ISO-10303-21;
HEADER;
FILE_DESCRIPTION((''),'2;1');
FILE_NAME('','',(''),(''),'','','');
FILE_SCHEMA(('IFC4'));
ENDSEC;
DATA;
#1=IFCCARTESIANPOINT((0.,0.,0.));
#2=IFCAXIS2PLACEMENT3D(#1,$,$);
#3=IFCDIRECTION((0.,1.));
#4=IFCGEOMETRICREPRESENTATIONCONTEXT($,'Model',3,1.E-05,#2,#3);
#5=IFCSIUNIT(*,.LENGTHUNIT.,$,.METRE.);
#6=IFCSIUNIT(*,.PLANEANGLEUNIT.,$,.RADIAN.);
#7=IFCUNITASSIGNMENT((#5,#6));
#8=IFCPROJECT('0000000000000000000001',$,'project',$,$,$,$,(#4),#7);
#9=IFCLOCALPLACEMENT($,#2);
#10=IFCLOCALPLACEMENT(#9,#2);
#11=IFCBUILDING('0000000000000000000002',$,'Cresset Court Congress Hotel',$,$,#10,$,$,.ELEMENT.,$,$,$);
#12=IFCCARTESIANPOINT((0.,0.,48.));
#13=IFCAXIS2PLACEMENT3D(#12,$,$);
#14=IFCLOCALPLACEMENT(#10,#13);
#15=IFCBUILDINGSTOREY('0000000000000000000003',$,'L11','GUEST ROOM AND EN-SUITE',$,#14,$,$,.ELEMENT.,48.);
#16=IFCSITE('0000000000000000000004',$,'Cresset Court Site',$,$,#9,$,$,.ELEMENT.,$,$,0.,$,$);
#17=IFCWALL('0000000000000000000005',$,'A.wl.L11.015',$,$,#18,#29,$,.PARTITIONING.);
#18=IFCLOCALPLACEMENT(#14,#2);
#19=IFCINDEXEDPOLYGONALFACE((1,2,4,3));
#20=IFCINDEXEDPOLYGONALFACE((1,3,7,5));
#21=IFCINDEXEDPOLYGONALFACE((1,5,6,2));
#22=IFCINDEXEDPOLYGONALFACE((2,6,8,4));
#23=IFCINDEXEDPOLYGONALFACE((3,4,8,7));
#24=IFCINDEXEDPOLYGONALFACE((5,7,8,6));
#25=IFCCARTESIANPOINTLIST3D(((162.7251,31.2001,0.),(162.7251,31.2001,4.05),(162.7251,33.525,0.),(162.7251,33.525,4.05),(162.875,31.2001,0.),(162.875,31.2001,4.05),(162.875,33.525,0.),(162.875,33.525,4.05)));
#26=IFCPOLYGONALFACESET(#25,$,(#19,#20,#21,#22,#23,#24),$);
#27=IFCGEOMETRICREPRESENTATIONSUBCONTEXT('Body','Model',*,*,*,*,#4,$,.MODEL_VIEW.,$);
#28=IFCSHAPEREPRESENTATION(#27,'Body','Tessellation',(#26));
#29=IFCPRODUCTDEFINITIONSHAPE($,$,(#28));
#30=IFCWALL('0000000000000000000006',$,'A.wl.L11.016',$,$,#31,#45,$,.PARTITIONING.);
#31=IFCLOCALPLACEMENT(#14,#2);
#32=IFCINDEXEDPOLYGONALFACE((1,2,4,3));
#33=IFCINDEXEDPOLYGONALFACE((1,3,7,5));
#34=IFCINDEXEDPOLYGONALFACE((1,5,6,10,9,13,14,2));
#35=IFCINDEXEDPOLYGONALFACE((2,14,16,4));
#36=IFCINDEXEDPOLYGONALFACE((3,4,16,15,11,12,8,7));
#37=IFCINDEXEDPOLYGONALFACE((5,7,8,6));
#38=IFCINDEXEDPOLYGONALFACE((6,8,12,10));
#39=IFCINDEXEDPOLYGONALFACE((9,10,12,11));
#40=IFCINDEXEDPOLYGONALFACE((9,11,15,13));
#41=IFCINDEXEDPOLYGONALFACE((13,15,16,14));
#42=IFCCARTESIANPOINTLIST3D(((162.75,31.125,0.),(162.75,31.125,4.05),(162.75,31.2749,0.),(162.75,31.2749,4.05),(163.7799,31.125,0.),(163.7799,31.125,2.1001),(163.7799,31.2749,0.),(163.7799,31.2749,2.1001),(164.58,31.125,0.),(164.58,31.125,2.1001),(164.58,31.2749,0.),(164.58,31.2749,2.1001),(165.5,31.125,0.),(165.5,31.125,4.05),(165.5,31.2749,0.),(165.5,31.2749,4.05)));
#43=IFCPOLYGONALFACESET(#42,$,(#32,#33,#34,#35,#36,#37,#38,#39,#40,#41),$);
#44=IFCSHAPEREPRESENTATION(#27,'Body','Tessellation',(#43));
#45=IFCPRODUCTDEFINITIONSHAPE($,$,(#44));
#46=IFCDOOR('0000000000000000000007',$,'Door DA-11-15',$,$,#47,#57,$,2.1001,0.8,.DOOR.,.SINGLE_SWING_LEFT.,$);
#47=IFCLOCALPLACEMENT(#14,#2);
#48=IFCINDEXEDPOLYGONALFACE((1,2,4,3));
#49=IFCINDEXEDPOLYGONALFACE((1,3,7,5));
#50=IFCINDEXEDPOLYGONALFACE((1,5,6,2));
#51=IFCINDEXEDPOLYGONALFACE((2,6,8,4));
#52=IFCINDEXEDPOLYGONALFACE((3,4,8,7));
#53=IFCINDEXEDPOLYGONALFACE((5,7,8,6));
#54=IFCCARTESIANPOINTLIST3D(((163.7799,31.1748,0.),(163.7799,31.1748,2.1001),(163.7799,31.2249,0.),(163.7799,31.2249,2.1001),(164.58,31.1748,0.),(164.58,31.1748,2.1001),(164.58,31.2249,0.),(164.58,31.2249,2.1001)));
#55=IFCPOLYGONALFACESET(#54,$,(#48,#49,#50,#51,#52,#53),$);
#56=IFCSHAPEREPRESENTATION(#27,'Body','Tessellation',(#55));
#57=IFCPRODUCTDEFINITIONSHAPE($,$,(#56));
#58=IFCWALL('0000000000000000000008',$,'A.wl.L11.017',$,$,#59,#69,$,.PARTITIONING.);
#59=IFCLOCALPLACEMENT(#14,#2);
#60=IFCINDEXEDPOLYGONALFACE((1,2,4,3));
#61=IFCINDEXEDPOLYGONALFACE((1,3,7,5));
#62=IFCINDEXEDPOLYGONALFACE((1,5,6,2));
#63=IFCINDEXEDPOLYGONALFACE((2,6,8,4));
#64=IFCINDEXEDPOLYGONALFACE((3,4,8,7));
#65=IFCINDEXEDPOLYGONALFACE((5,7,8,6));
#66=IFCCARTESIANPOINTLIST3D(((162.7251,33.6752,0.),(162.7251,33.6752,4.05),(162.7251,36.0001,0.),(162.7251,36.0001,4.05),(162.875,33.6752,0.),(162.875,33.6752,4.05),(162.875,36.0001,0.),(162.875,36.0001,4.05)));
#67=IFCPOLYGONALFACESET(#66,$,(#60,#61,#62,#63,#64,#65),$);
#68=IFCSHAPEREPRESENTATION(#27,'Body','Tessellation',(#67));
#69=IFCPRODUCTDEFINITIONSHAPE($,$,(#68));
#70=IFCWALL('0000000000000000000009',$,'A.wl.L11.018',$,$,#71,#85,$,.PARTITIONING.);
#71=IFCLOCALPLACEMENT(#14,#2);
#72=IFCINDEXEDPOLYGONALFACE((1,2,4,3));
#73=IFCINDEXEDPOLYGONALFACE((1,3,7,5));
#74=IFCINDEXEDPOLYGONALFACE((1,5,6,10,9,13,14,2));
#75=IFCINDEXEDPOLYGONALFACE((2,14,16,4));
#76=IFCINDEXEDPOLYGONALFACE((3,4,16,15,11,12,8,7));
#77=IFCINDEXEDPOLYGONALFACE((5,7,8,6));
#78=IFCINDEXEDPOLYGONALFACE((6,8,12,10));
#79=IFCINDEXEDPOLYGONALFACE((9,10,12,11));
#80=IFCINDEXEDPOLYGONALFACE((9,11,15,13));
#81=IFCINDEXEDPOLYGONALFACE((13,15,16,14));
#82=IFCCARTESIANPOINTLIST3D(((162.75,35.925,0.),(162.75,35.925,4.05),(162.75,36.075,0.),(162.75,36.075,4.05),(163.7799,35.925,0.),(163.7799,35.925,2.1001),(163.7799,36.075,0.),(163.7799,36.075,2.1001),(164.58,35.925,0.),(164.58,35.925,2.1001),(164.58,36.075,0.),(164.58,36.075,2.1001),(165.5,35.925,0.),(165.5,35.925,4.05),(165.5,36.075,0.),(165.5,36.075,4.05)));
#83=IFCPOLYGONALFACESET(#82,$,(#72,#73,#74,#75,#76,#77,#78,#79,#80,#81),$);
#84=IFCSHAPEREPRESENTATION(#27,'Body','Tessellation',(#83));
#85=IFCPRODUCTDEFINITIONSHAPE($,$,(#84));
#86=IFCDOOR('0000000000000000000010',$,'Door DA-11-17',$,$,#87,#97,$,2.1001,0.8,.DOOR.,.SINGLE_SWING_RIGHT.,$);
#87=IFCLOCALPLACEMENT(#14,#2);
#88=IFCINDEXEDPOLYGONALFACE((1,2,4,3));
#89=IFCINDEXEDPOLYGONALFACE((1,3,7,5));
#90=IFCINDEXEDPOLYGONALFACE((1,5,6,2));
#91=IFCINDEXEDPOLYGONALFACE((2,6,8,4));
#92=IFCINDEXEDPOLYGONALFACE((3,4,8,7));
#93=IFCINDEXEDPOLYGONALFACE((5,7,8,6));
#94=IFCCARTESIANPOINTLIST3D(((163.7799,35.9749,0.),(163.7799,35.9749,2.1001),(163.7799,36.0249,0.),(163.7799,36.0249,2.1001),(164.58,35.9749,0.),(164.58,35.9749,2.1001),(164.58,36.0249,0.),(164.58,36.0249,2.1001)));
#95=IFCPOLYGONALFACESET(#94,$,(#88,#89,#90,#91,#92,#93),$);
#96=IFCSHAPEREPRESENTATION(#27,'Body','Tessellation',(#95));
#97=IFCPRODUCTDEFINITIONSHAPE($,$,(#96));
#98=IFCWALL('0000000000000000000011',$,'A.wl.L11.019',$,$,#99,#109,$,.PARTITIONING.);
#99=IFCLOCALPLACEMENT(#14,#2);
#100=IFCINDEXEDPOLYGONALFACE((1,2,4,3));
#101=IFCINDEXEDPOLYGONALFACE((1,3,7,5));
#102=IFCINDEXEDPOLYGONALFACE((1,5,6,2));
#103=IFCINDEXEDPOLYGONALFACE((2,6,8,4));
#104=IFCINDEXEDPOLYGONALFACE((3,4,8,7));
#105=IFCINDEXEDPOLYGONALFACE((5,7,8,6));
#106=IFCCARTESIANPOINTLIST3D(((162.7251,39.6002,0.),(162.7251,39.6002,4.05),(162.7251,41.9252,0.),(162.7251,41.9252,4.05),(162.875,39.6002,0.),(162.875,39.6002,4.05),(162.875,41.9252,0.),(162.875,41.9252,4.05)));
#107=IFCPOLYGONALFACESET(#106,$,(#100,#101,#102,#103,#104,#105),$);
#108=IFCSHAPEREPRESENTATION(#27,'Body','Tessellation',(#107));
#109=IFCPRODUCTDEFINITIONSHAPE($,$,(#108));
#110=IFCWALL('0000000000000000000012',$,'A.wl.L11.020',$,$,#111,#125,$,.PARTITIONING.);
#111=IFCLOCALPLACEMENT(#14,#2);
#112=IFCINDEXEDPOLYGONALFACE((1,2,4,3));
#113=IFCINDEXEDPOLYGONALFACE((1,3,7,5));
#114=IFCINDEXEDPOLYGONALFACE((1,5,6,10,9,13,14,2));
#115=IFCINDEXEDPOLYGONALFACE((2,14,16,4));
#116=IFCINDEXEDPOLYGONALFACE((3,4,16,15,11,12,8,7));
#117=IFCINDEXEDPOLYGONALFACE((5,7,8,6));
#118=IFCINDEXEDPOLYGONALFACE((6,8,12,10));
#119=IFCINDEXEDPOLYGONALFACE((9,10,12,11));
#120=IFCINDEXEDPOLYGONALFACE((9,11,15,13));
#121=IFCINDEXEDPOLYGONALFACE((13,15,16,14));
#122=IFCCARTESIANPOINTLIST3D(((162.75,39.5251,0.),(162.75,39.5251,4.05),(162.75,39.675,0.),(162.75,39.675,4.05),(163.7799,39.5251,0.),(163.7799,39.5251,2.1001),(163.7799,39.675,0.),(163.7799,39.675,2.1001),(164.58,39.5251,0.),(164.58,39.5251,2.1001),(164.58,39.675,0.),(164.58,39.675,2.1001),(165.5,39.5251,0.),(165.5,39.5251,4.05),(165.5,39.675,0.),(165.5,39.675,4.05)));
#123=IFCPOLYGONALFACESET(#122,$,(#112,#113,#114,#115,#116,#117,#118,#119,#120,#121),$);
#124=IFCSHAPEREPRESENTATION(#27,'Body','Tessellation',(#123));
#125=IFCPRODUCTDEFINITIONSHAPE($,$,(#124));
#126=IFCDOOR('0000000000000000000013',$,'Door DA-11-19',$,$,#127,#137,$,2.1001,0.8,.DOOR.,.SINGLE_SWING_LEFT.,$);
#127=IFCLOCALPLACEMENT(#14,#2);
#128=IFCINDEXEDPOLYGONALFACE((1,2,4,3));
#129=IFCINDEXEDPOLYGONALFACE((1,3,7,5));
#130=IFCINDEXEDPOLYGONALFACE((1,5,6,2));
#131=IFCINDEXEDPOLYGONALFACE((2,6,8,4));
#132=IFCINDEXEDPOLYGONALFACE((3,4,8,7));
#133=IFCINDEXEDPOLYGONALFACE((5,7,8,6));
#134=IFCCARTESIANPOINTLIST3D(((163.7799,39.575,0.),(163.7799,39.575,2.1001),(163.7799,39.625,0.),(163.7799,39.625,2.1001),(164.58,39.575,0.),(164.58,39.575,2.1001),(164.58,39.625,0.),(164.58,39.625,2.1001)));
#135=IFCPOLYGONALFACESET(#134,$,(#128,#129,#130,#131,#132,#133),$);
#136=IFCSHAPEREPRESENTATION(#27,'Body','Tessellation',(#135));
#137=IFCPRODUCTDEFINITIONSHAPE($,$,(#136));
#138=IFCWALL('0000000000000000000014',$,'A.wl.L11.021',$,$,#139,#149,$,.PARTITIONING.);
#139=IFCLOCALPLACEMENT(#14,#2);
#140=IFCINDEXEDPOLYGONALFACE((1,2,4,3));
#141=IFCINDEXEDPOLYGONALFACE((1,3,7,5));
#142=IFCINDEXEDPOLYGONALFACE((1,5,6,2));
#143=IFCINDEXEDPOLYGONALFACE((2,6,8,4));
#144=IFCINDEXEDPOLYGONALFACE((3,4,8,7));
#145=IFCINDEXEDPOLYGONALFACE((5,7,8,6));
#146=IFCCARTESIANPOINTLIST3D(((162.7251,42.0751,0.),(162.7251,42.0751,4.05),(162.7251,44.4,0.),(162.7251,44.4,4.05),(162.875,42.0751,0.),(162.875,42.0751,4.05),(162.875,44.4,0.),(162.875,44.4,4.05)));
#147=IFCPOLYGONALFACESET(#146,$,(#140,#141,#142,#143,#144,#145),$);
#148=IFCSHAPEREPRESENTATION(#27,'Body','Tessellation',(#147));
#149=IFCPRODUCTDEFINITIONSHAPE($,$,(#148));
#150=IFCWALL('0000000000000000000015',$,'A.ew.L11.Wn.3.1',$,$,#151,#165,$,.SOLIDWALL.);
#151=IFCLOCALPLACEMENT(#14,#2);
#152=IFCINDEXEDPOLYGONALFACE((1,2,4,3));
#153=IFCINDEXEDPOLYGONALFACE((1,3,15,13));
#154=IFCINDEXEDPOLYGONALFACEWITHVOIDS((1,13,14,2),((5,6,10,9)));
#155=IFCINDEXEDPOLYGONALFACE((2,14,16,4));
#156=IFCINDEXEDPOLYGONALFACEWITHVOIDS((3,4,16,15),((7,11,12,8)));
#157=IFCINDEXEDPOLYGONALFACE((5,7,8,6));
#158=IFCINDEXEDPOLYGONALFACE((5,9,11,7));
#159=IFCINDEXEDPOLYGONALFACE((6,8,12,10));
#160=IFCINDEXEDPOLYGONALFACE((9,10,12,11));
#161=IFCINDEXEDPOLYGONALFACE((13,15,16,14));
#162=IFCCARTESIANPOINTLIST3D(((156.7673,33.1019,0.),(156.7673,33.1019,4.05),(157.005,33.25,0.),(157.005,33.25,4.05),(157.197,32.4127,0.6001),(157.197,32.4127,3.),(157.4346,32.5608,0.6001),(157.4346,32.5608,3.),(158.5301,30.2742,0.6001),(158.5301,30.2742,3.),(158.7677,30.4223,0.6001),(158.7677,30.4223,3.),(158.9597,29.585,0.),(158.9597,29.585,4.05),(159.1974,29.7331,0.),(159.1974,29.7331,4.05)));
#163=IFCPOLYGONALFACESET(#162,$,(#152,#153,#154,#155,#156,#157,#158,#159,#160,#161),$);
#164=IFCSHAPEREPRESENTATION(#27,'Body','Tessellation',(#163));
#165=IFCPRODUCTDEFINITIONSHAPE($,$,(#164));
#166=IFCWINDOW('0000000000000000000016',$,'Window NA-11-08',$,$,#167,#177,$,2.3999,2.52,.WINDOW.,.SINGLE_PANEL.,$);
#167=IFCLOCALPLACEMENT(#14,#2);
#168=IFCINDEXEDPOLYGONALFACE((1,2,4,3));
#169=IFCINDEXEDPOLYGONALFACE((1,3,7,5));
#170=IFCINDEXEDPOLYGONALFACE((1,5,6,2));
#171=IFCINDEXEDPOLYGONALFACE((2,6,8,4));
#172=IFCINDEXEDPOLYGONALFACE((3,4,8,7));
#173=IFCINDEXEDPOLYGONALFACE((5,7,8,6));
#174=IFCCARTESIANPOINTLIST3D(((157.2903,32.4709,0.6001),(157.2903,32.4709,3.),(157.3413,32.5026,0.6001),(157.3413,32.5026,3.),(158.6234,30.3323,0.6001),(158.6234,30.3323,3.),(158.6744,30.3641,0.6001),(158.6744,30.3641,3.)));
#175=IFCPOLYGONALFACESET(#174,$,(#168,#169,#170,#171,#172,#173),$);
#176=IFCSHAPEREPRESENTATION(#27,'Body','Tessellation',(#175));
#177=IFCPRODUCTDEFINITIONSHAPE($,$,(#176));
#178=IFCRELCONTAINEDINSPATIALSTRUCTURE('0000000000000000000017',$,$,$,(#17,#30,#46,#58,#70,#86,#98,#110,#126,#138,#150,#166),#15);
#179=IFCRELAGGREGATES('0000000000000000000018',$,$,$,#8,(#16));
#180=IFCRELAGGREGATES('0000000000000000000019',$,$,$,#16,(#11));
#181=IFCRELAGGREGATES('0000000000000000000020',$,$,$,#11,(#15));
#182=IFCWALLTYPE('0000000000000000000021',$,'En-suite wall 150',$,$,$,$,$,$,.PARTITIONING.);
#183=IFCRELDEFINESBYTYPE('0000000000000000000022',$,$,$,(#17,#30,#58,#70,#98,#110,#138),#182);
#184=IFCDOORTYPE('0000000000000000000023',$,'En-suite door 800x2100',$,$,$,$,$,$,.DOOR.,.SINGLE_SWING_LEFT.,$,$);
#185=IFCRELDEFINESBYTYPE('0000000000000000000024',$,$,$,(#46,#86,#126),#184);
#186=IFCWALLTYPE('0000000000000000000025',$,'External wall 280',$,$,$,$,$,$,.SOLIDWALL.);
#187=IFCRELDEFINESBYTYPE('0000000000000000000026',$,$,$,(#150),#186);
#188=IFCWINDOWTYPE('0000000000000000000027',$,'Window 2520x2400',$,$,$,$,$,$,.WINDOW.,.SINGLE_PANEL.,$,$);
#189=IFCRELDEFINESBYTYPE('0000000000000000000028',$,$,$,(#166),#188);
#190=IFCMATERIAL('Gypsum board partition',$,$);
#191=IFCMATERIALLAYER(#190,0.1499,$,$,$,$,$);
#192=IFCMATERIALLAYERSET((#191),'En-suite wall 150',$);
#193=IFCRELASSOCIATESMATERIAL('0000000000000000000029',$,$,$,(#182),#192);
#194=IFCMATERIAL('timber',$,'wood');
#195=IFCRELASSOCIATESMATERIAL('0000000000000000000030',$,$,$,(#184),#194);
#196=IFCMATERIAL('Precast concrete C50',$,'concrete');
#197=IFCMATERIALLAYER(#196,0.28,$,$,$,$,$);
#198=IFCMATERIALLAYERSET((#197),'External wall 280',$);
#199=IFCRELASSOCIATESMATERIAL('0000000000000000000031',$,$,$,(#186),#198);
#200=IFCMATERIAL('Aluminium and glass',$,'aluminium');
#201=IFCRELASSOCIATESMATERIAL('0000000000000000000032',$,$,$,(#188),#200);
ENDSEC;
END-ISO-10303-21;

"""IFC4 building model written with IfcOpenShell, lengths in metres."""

from ifc_helpers import new_model, si_unit, direction, frame, frame_2d, origin, place, context, subcontext, project, spatial, rectangle, extrude, material, layer, layer_set, type_object, element, fill, save


model = new_model("IFC4")

# Units and contexts
model_context = context("Model", 3, precision=1e-05, world=origin(), true_north=direction((0.0, 1.0)))
body_context = subcontext(model_context, "Body", "Model", "MODEL_VIEW")
ifc_project = project(units=[si_unit("LENGTHUNIT", "METRE"), si_unit("PLANEANGLEUNIT", "RADIAN")], contexts=[model_context])

# Site, building, storey
site_placement = place(None, origin())
site = spatial("IfcSite", under=ifc_project, at=site_placement, Name="Cresset Court Site", CompositionType="ELEMENT", RefElevation=0.0)
building_placement = place(site_placement, origin())
building = spatial("IfcBuilding", under=site, at=building_placement, Name="Cresset Court Congress Hotel", CompositionType="ELEMENT")
storey_placement = place(building_placement, frame((0.0, 0.0, 48.0)))
storey = spatial("IfcBuildingStorey", under=building, at=storey_placement, Name="L11", Description="GUEST ROOM AND EN-SUITE", CompositionType="ELEMENT", Elevation=48.0)

# Wall
ifc_material_1 = material(Name="Gypsum board partition")
ifc_layer_1 = layer(ifc_material_1, 0.1499)
ifc_layer_set_1 = layer_set([ifc_layer_1], Name="En-suite wall 150")
wall_type_1 = type_object("IfcWallType", Name="En-suite wall 150", PredefinedType="PARTITIONING", material=ifc_layer_set_1)
wall_1_placement = place(storey_placement, frame((162.8, 31.2, 0.0), z_axis=(0.0, 0.0, 1.0), x_axis=(0.0, 1.0, 0.0)))
element("IfcWall", 1, at=wall_1_placement, inside=storey, type_object=wall_type_1, Name="A.wl.L11.015", PredefinedType="PARTITIONING", context=body_context, shape_type="SweptSolid", body=[
    extrude(rectangle(XDim=2.325, YDim=0.1499, at=frame_2d((1.1626, 0.0))), origin(), (0.0, 0.0, 1.0), 4.05),
])

# Wall, opening, door
wall_2_placement = place(storey_placement, frame((162.75, 31.2, 0.0), z_axis=(0.0, 0.0, 1.0), x_axis=(1.0, 0.0, 0.0)))
wall_2 = element("IfcWall", 2, at=wall_2_placement, inside=storey, type_object=wall_type_1, Name="A.wl.L11.016", PredefinedType="PARTITIONING", context=body_context, shape_type="SweptSolid", body=[
    extrude(rectangle(XDim=2.75, YDim=0.1499, at=frame_2d((1.375, 0.0))), origin(), (0.0, 0.0, 1.0), 4.05),
])
opening_1_placement = place(wall_2_placement, frame((1.03, 0.0, 0.0)))
opening_1 = element("IfcOpeningElement", 3, at=opening_1_placement, cuts=wall_2, PredefinedType="OPENING", context=body_context, shape_type="SweptSolid", body=[
    extrude(rectangle(XDim=0.8, YDim=2.1001, at=frame_2d((0.3999, 1.05))), frame((0.0, 0.085, 0.0), z_axis=(0.0, -1.0, 0.0), x_axis=(1.0, 0.0, 0.0)), (0.0, 0.0, 1.0), 0.1699),
])
ifc_material_2 = material(Name="timber", Category="wood")
door_type = type_object("IfcDoorType", Name="En-suite door 800x2100", OperationType="SINGLE_SWING_LEFT", PredefinedType="DOOR", material=ifc_material_2)
door_1_placement = place(opening_1_placement, origin())
door_1 = element("IfcDoor", 4, at=door_1_placement, inside=storey, type_object=door_type, Name="Door DA-11-15", OperationType="SINGLE_SWING_LEFT", OverallHeight=2.1001, OverallWidth=0.8, PredefinedType="DOOR", context=body_context, shape_type="SweptSolid", body=[
    extrude(rectangle(XDim=0.8, YDim=2.1001, at=frame_2d((0.3999, 1.05))), frame((0.0, 0.0249, 0.0), z_axis=(0.0, -1.0, 0.0), x_axis=(1.0, 0.0, 0.0)), (0.0, 0.0, 1.0), 0.05),
])
fill(opening_1, door_1)

# Wall
wall_3_placement = place(storey_placement, frame((162.8, 33.675, 0.0), z_axis=(0.0, 0.0, 1.0), x_axis=(0.0, 1.0, 0.0)))
element("IfcWall", 5, at=wall_3_placement, inside=storey, type_object=wall_type_1, Name="A.wl.L11.017", PredefinedType="PARTITIONING", context=body_context, shape_type="SweptSolid", body=[
    extrude(rectangle(XDim=2.325, YDim=0.1499, at=frame_2d((1.1626, 0.0))), origin(), (0.0, 0.0, 1.0), 4.05),
])

# Wall, opening, door
wall_4_placement = place(storey_placement, frame((162.75, 36.0, 0.0), z_axis=(0.0, 0.0, 1.0), x_axis=(1.0, 0.0, 0.0)))
wall_4 = element("IfcWall", 6, at=wall_4_placement, inside=storey, type_object=wall_type_1, Name="A.wl.L11.018", PredefinedType="PARTITIONING", context=body_context, shape_type="SweptSolid", body=[
    extrude(rectangle(XDim=2.75, YDim=0.1499, at=frame_2d((1.375, 0.0))), origin(), (0.0, 0.0, 1.0), 4.05),
])
opening_2_placement = place(wall_4_placement, frame((1.03, 0.0, 0.0)))
opening_2 = element("IfcOpeningElement", 7, at=opening_2_placement, cuts=wall_4, PredefinedType="OPENING", context=body_context, shape_type="SweptSolid", body=[
    extrude(rectangle(XDim=0.8, YDim=2.1001, at=frame_2d((0.3999, 1.05))), frame((0.0, 0.085, 0.0), z_axis=(0.0, -1.0, 0.0), x_axis=(1.0, 0.0, 0.0)), (0.0, 0.0, 1.0), 0.1699),
])
door_2_placement = place(opening_2_placement, origin())
door_2 = element("IfcDoor", 8, at=door_2_placement, inside=storey, type_object=door_type, Name="Door DA-11-17", OperationType="SINGLE_SWING_RIGHT", OverallHeight=2.1001, OverallWidth=0.8, PredefinedType="DOOR", context=body_context, shape_type="SweptSolid", body=[
    extrude(rectangle(XDim=0.8, YDim=2.1001, at=frame_2d((0.3999, 1.05))), frame((0.0, 0.0249, 0.0), z_axis=(0.0, -1.0, 0.0), x_axis=(1.0, 0.0, 0.0)), (0.0, 0.0, 1.0), 0.05),
])
fill(opening_2, door_2)

# Wall
wall_5_placement = place(storey_placement, frame((162.8, 39.6001, 0.0), z_axis=(0.0, 0.0, 1.0), x_axis=(0.0, 1.0, 0.0)))
element("IfcWall", 9, at=wall_5_placement, inside=storey, type_object=wall_type_1, Name="A.wl.L11.019", PredefinedType="PARTITIONING", context=body_context, shape_type="SweptSolid", body=[
    extrude(rectangle(XDim=2.325, YDim=0.1499, at=frame_2d((1.1626, 0.0))), origin(), (0.0, 0.0, 1.0), 4.05),
])

# Wall, opening, door
wall_6_placement = place(storey_placement, frame((162.75, 39.6001, 0.0), z_axis=(0.0, 0.0, 1.0), x_axis=(1.0, 0.0, 0.0)))
wall_6 = element("IfcWall", 10, at=wall_6_placement, inside=storey, type_object=wall_type_1, Name="A.wl.L11.020", PredefinedType="PARTITIONING", context=body_context, shape_type="SweptSolid", body=[
    extrude(rectangle(XDim=2.75, YDim=0.1499, at=frame_2d((1.375, 0.0))), origin(), (0.0, 0.0, 1.0), 4.05),
])
opening_3_placement = place(wall_6_placement, frame((1.03, 0.0, 0.0)))
opening_3 = element("IfcOpeningElement", 11, at=opening_3_placement, cuts=wall_6, PredefinedType="OPENING", context=body_context, shape_type="SweptSolid", body=[
    extrude(rectangle(XDim=0.8, YDim=2.1001, at=frame_2d((0.3999, 1.05))), frame((0.0, 0.085, 0.0), z_axis=(0.0, -1.0, 0.0), x_axis=(1.0, 0.0, 0.0)), (0.0, 0.0, 1.0), 0.1699),
])
door_3_placement = place(opening_3_placement, origin())
door_3 = element("IfcDoor", 12, at=door_3_placement, inside=storey, type_object=door_type, Name="Door DA-11-19", OperationType="SINGLE_SWING_LEFT", OverallHeight=2.1001, OverallWidth=0.8, PredefinedType="DOOR", context=body_context, shape_type="SweptSolid", body=[
    extrude(rectangle(XDim=0.8, YDim=2.1001, at=frame_2d((0.3999, 1.05))), frame((0.0, 0.0249, 0.0), z_axis=(0.0, -1.0, 0.0), x_axis=(1.0, 0.0, 0.0)), (0.0, 0.0, 1.0), 0.05),
])
fill(opening_3, door_3)

# Wall
wall_7_placement = place(storey_placement, frame((162.8, 42.075, 0.0), z_axis=(0.0, 0.0, 1.0), x_axis=(0.0, 1.0, 0.0)))
element("IfcWall", 13, at=wall_7_placement, inside=storey, type_object=wall_type_1, Name="A.wl.L11.021", PredefinedType="PARTITIONING", context=body_context, shape_type="SweptSolid", body=[
    extrude(rectangle(XDim=2.325, YDim=0.1499, at=frame_2d((1.1626, 0.0))), origin(), (0.0, 0.0, 1.0), 4.05),
])

# Wall, opening, window
ifc_material_3 = material(Name="Precast concrete C50", Category="concrete")
ifc_layer_2 = layer(ifc_material_3, 0.28)
ifc_layer_set_2 = layer_set([ifc_layer_2], Name="External wall 280")
wall_type_2 = type_object("IfcWallType", Name="External wall 280", PredefinedType="SOLIDWALL", material=ifc_layer_set_2)
wall_8_placement = place(storey_placement, frame((159.0786, 29.6589, 0.0), z_axis=(0.0, 0.0, 1.0), x_axis=(-0.529019, 0.84861, 0.0)))
wall_8 = element("IfcWall", 14, at=wall_8_placement, inside=storey, type_object=wall_type_2, Name="A.ew.L11.Wn.3.1", PredefinedType="SOLIDWALL", context=body_context, shape_type="SweptSolid", body=[
    extrude(rectangle(XDim=4.1443, YDim=0.28, at=frame_2d((2.0723, 0.0))), origin(), (0.0, 0.0, 1.0), 4.05),
])
opening_4_placement = place(wall_8_placement, frame((0.8123, 0.0, 0.6001)))
opening_4 = element("IfcOpeningElement", 15, at=opening_4_placement, cuts=wall_8, PredefinedType="OPENING", context=body_context, shape_type="SweptSolid", body=[
    extrude(rectangle(XDim=2.52, YDim=2.3999, at=frame_2d((1.26, 1.2))), frame((0.0, 0.1499, 0.0), z_axis=(0.0, -1.0, 0.0), x_axis=(1.0, 0.0, 0.0)), (0.0, 0.0, 1.0), 0.3),
])
ifc_material_4 = material(Name="Aluminium and glass", Category="aluminium")
window_type = type_object("IfcWindowType", Name="Window 2520x2400", PartitioningType="SINGLE_PANEL", PredefinedType="WINDOW", material=ifc_material_4)
window_1_placement = place(opening_4_placement, origin())
window_1 = element("IfcWindow", 16, at=window_1_placement, inside=storey, type_object=window_type, Name="Window NA-11-08", OverallHeight=2.3999, OverallWidth=2.52, PartitioningType="SINGLE_PANEL", PredefinedType="WINDOW", context=body_context, shape_type="SweptSolid", body=[
    extrude(rectangle(XDim=2.52, YDim=2.3999, at=frame_2d((1.26, 1.2))), frame((0.0, 0.03, 0.0), z_axis=(0.0, -1.0, 0.0), x_axis=(1.0, 0.0, 0.0)), (0.0, 0.0, 1.0), 0.0601),
])
fill(opening_4, window_1)

save(model, "model.ifc")
